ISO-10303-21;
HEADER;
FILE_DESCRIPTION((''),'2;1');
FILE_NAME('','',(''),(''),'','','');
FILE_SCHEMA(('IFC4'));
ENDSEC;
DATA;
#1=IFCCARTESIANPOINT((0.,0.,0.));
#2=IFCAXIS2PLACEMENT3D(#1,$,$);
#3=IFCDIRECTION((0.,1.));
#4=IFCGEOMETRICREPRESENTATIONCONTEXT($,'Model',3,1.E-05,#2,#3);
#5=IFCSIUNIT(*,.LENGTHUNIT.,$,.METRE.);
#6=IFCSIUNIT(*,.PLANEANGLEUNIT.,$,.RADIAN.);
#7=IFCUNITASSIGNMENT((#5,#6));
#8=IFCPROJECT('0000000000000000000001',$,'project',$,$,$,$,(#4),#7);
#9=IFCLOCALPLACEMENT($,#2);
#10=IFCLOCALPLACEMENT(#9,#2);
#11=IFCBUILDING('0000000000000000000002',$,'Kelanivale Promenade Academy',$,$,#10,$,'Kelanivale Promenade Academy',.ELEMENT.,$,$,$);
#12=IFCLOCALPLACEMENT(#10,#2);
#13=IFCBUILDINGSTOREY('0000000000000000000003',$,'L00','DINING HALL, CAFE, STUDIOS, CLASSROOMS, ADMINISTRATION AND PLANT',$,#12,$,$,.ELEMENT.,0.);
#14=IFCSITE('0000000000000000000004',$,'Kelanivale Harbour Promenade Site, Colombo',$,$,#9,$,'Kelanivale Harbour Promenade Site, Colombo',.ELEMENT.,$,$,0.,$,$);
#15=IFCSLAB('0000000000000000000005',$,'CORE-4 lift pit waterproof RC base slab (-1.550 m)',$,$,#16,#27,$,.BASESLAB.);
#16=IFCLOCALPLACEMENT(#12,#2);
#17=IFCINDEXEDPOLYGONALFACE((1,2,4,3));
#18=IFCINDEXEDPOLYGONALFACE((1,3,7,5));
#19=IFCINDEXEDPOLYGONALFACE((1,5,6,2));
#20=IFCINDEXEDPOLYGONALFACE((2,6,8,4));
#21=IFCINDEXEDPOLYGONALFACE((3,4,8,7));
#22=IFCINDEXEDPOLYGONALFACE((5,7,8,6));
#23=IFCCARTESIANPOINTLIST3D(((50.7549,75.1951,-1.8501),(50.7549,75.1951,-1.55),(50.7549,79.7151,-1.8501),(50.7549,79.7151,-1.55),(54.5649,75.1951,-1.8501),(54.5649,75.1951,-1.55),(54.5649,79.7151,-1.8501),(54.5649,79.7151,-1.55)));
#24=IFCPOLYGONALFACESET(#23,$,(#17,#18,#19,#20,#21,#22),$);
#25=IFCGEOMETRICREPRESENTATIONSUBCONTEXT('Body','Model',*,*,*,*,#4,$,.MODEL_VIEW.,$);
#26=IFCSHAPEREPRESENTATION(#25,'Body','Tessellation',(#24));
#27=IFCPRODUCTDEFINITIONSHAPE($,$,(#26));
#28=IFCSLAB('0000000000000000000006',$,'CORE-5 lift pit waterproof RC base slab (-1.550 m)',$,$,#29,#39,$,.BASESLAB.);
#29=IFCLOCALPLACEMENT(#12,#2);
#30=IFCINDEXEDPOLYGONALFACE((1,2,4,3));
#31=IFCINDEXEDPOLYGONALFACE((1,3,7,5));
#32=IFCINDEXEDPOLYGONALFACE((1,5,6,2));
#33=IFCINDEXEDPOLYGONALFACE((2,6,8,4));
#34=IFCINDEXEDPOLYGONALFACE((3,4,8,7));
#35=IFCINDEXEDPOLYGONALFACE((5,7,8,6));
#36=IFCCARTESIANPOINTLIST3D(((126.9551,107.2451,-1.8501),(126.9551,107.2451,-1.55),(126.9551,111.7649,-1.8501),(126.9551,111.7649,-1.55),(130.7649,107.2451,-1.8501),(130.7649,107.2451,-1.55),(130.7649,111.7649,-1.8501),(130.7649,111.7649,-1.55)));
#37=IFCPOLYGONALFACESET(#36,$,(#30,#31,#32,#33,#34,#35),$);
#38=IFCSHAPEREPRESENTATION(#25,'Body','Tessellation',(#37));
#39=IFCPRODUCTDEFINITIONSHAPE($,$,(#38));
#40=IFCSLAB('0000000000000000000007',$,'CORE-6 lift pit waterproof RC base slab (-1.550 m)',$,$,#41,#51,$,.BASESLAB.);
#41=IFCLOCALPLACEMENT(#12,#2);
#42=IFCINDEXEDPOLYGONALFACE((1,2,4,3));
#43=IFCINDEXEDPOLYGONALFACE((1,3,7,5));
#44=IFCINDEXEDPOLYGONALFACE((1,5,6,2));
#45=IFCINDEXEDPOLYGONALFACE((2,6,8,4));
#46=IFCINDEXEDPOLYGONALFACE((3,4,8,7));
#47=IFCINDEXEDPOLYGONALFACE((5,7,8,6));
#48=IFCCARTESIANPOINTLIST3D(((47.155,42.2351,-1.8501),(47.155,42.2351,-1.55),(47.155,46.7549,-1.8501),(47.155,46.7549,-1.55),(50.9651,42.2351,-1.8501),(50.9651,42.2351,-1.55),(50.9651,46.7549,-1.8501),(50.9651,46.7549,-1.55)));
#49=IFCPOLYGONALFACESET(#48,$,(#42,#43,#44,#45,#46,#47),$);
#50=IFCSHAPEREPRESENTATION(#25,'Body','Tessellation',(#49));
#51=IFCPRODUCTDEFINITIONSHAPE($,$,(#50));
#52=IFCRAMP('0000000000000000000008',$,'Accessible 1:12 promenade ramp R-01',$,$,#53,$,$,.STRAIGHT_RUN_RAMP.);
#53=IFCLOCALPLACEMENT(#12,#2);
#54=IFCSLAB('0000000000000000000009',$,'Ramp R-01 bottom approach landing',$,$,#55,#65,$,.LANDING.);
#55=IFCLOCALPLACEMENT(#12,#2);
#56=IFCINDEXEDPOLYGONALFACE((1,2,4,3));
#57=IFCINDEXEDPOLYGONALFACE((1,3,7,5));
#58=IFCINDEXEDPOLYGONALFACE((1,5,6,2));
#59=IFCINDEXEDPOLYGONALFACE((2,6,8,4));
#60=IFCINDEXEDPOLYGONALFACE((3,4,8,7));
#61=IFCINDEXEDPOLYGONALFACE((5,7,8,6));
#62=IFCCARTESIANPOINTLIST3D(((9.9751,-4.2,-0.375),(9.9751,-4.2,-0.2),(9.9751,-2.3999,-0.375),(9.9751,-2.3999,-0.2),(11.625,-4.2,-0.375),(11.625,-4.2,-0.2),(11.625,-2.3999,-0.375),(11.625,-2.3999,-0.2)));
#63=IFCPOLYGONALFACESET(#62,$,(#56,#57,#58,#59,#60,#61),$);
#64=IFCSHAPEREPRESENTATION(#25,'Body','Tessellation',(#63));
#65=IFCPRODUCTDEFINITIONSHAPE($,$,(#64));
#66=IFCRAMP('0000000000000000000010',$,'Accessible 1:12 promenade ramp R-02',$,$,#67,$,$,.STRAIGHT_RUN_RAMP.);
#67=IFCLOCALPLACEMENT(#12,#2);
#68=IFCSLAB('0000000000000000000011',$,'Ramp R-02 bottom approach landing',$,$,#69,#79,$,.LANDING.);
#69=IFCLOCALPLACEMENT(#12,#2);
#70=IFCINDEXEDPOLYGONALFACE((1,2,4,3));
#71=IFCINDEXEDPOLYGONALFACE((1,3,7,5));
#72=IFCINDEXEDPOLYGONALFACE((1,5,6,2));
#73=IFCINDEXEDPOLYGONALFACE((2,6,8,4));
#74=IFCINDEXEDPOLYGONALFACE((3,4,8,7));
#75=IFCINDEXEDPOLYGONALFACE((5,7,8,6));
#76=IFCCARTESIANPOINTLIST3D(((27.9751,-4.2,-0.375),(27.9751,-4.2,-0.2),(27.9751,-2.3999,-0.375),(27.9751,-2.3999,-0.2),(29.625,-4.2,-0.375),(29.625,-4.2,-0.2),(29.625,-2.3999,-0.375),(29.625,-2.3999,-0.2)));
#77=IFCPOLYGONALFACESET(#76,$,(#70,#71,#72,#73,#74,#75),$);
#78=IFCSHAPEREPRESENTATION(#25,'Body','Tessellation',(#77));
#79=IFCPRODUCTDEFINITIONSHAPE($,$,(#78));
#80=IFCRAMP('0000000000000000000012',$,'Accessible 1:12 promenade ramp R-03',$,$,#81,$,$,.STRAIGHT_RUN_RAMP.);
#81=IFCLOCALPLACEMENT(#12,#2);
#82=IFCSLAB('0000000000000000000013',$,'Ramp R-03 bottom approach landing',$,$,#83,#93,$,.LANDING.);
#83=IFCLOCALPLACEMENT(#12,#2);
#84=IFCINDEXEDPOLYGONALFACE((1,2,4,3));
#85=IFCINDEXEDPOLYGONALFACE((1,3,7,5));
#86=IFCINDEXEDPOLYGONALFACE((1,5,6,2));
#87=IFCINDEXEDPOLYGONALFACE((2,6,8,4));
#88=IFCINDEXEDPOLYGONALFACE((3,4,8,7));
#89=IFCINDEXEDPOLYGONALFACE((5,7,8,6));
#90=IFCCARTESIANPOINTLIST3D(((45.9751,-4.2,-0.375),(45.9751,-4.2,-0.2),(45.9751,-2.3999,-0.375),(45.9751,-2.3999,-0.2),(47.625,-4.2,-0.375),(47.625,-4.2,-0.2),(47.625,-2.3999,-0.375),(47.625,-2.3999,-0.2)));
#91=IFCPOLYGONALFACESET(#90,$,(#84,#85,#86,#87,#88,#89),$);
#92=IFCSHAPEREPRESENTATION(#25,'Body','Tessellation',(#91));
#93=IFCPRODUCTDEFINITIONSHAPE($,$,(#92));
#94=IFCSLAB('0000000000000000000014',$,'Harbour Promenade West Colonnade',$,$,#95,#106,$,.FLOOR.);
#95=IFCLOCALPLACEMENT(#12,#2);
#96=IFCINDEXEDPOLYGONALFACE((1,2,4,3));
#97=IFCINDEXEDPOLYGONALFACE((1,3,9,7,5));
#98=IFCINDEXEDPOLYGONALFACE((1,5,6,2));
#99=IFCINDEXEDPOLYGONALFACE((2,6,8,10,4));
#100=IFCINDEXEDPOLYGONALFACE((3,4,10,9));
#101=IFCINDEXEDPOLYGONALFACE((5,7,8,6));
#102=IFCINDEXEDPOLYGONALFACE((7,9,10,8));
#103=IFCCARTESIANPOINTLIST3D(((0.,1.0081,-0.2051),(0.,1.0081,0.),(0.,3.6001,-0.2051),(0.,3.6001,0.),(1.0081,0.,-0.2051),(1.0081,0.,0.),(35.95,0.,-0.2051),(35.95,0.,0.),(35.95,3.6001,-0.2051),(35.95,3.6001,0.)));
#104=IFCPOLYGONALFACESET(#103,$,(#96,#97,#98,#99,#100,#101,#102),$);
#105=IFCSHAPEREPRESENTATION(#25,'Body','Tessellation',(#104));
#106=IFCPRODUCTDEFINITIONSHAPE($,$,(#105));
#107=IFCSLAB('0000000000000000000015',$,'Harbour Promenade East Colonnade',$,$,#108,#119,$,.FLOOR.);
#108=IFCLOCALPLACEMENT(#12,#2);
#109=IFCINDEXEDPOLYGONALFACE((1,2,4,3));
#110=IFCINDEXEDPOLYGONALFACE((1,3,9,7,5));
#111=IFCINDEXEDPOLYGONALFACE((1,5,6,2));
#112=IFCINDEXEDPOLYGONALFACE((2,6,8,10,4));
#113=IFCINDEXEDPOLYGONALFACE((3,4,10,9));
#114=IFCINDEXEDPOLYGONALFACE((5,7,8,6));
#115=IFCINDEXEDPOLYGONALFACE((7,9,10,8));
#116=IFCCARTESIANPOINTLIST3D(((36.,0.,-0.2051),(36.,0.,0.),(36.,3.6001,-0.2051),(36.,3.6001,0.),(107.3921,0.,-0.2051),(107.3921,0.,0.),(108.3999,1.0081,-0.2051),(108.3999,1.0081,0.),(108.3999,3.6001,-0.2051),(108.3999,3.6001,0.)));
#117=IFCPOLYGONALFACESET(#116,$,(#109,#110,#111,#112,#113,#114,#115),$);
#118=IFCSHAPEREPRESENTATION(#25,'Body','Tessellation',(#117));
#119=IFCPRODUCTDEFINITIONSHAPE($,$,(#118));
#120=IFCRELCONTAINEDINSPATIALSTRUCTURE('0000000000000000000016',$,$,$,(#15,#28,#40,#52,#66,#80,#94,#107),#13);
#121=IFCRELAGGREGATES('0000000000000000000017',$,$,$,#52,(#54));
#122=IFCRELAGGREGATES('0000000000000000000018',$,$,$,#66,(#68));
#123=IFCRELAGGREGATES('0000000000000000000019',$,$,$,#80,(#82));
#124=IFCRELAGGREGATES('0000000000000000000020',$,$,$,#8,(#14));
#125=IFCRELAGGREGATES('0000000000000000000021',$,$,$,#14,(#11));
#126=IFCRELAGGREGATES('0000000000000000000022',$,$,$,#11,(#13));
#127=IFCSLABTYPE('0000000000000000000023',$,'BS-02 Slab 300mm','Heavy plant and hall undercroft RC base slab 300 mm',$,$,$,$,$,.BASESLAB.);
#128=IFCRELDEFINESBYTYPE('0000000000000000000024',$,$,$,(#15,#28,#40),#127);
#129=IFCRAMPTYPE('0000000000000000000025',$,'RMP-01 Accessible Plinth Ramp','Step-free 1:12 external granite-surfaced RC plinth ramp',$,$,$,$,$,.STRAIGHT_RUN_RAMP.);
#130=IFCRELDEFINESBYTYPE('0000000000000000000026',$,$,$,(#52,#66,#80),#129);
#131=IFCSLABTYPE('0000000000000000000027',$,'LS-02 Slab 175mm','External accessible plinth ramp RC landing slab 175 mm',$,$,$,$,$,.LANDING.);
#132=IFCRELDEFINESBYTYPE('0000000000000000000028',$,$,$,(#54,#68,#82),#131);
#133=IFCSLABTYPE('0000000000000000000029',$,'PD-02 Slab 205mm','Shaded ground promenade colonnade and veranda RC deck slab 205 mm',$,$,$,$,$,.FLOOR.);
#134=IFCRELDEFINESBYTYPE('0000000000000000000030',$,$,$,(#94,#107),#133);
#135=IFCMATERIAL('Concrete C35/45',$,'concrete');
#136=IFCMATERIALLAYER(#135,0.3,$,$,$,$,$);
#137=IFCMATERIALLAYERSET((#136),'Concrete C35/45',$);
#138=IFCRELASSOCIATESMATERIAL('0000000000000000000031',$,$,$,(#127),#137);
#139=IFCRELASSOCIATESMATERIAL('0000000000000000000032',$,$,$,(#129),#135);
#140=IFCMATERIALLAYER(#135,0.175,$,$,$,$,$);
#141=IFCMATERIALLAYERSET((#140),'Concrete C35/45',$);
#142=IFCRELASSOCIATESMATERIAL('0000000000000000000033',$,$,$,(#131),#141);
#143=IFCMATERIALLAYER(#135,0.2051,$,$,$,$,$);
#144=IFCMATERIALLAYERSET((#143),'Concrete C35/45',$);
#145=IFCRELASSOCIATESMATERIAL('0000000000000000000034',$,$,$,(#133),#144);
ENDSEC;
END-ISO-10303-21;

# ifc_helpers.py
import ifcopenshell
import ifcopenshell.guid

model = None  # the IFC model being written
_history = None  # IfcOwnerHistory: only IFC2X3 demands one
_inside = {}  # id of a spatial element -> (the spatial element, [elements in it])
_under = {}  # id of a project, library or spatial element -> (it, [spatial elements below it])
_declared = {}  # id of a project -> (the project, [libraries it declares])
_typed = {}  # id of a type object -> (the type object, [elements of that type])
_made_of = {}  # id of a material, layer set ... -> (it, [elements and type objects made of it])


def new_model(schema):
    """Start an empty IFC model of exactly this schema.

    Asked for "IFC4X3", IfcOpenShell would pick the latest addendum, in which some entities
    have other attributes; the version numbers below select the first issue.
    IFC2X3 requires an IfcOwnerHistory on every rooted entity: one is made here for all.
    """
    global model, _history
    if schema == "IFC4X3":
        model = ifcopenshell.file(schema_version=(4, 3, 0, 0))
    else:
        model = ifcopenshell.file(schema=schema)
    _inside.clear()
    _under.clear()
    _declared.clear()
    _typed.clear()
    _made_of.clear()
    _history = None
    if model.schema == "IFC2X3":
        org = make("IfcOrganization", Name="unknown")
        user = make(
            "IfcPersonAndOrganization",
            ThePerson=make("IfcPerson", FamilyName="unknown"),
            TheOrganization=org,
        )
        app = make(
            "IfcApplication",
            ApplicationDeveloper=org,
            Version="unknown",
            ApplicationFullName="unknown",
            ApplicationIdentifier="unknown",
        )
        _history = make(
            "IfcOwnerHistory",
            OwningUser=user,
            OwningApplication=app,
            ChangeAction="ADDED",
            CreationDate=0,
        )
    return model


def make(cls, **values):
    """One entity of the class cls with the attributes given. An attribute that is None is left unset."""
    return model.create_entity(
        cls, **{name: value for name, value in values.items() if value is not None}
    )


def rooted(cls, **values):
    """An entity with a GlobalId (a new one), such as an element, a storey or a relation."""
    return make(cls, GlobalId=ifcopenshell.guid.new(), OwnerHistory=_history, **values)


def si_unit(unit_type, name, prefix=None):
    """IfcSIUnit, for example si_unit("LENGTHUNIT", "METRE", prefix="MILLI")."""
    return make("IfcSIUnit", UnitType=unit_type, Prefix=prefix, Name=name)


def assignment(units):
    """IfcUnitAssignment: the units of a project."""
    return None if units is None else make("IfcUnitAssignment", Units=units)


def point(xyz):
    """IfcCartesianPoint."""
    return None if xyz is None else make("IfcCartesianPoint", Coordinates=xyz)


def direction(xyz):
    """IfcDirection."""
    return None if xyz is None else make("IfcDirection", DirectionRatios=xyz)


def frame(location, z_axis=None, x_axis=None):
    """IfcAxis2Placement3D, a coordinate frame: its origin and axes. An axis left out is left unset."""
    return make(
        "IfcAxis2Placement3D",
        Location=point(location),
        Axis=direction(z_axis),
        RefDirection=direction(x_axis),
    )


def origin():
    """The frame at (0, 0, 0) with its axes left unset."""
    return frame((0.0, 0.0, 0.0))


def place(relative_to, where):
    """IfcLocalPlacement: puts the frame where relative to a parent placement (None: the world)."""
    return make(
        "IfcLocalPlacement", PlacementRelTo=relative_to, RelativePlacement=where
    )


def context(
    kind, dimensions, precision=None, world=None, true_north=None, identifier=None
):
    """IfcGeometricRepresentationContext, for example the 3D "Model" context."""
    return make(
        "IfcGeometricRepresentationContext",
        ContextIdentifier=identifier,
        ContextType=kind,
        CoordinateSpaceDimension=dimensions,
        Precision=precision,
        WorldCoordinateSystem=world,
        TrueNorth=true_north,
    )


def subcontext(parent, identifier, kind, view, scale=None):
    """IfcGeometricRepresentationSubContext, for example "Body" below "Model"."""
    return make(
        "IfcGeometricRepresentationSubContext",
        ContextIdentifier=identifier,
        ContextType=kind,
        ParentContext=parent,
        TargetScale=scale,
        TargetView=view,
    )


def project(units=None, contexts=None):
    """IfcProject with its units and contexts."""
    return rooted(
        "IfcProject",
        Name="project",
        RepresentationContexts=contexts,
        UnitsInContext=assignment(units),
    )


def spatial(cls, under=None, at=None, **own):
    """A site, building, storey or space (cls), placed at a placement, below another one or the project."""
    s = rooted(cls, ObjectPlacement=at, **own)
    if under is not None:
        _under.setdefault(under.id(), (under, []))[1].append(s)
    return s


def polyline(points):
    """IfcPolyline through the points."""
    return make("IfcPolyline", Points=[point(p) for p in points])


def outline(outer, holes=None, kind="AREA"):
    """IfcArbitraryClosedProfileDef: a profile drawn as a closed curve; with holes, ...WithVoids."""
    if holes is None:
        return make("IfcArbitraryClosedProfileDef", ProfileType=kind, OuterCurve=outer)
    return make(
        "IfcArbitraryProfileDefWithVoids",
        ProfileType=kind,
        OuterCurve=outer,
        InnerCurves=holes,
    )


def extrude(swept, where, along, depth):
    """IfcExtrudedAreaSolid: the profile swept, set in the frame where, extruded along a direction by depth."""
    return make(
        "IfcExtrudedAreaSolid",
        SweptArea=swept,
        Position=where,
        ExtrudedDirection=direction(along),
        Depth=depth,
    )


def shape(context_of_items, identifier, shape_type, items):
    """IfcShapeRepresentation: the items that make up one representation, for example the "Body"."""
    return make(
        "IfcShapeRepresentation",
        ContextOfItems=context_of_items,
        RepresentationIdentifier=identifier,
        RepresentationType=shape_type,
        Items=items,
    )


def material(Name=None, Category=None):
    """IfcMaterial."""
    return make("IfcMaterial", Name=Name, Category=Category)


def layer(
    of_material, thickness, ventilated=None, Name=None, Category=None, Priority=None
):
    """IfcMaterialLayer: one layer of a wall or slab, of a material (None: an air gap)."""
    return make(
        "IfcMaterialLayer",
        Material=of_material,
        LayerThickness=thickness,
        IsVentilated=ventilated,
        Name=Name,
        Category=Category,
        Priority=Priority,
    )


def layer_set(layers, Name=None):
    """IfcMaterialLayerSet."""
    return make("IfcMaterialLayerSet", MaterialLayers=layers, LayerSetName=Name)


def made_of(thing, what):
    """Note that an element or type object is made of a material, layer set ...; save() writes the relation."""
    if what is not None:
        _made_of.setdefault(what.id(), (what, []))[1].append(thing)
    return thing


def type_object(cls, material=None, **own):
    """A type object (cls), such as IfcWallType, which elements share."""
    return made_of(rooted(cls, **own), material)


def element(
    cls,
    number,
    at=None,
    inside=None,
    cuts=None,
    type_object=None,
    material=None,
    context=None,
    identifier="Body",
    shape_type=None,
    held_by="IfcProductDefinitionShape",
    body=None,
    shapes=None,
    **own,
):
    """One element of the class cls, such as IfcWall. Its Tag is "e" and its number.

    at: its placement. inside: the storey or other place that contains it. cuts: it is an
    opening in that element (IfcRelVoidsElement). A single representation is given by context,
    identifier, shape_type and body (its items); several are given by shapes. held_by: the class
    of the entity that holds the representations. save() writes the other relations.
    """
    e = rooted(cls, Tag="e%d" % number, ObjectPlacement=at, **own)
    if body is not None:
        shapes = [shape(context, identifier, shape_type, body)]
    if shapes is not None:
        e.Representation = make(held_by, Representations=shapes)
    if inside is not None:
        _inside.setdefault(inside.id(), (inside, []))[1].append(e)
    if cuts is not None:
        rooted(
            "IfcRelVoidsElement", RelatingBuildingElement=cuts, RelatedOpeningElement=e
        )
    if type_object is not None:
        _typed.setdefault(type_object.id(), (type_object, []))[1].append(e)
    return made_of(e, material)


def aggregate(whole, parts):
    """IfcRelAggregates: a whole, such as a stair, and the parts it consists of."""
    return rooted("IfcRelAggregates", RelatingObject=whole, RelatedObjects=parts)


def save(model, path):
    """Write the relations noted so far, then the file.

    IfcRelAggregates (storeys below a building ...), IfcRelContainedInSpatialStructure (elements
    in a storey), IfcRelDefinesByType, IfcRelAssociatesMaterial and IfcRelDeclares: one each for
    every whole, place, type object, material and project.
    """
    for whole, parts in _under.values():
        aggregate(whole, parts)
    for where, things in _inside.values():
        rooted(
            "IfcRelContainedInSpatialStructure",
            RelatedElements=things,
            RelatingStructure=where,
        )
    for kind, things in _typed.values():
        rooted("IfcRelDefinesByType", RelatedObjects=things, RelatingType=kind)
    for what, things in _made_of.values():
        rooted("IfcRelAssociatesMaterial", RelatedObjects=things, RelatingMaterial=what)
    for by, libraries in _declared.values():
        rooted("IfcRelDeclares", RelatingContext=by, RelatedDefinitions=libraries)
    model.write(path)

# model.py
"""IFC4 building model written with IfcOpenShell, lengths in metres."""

from ifc_helpers import new_model, si_unit, direction, frame, origin, place, context, subcontext, project, spatial, polyline, outline, extrude, material, layer, layer_set, type_object, element, aggregate, save


model = new_model("IFC4")

# Units and contexts
model_context = context("Model", 3, precision=1e-05, world=origin(), true_north=direction((0.0, 1.0)))
body_context = subcontext(model_context, "Body", "Model", "MODEL_VIEW")
ifc_project = project(units=[si_unit("LENGTHUNIT", "METRE"), si_unit("PLANEANGLEUNIT", "RADIAN")], contexts=[model_context])

# Site, building, storey
site_placement = place(None, origin())
site = spatial("IfcSite", under=ifc_project, at=site_placement, Name="Kelanivale Harbour Promenade Site, Colombo", LongName="Kelanivale Harbour Promenade Site, Colombo", CompositionType="ELEMENT", RefElevation=0.0)
building_placement = place(site_placement, origin())
building = spatial("IfcBuilding", under=site, at=building_placement, Name="Kelanivale Promenade Academy", LongName="Kelanivale Promenade Academy", CompositionType="ELEMENT")
storey_placement = place(building_placement, origin())
storey = spatial("IfcBuildingStorey", under=building, at=storey_placement, Name="L00", Description="DINING HALL, CAFE, STUDIOS, CLASSROOMS, ADMINISTRATION AND PLANT", CompositionType="ELEMENT", Elevation=0.0)

# Slabs
ifc_material = material(Name="Concrete C35/45", Category="concrete")
ifc_layer_1 = layer(ifc_material, 0.3)
ifc_layer_set_1 = layer_set([ifc_layer_1], Name="Concrete C35/45")
slab_type_1 = type_object("IfcSlabType", Name="BS-02 Slab 300mm", Description="Heavy plant and hall undercroft RC base slab 300 mm", PredefinedType="BASESLAB", material=ifc_layer_set_1)
slab_1_placement = place(storey_placement, frame((0.0, 0.0, -1.8501)))
element("IfcSlab", 1, at=slab_1_placement, inside=storey, type_object=slab_type_1, Name="CORE-4 lift pit waterproof RC base slab (-1.550 m)", PredefinedType="BASESLAB", context=body_context, shape_type="SweptSolid", body=[
    extrude(outline(polyline([(50.7549, 75.1951), (54.5649, 75.1951), (54.5649, 79.7151), (50.7549, 79.7151), (50.7549, 75.1951)])), origin(), (0.0, 0.0, 1.0), 0.3),
])
slab_2_placement = place(storey_placement, frame((0.0, 0.0, -1.8501)))
element("IfcSlab", 2, at=slab_2_placement, inside=storey, type_object=slab_type_1, Name="CORE-5 lift pit waterproof RC base slab (-1.550 m)", PredefinedType="BASESLAB", context=body_context, shape_type="SweptSolid", body=[
    extrude(outline(polyline([(126.9551, 107.2451), (130.7649, 107.2451), (130.7649, 111.7649), (126.9551, 111.7649), (126.9551, 107.2451)])), origin(), (0.0, 0.0, 1.0), 0.3),
])
slab_3_placement = place(storey_placement, frame((0.0, 0.0, -1.8501)))
element("IfcSlab", 3, at=slab_3_placement, inside=storey, type_object=slab_type_1, Name="CORE-6 lift pit waterproof RC base slab (-1.550 m)", PredefinedType="BASESLAB", context=body_context, shape_type="SweptSolid", body=[
    extrude(outline(polyline([(47.155, 42.2351), (50.9651, 42.2351), (50.9651, 46.7549), (47.155, 46.7549), (47.155, 42.2351)])), origin(), (0.0, 0.0, 1.0), 0.3),
])

# Ramps, slabs
ramp_type = type_object("IfcRampType", Name="RMP-01 Accessible Plinth Ramp", Description="Step-free 1:12 external granite-surfaced RC plinth ramp", PredefinedType="STRAIGHT_RUN_RAMP", material=ifc_material)
ramp_1_placement = place(storey_placement, origin())
ramp_1 = element("IfcRamp", 4, at=ramp_1_placement, inside=storey, type_object=ramp_type, Name="Accessible 1:12 promenade ramp R-01", PredefinedType="STRAIGHT_RUN_RAMP")
ifc_layer_2 = layer(ifc_material, 0.175)
ifc_layer_set_2 = layer_set([ifc_layer_2], Name="Concrete C35/45")
slab_type_2 = type_object("IfcSlabType", Name="LS-02 Slab 175mm", Description="External accessible plinth ramp RC landing slab 175 mm", PredefinedType="LANDING", material=ifc_layer_set_2)
slab_4_placement = place(storey_placement, frame((0.0, 0.0, -0.375)))
slab_4 = element("IfcSlab", 5, at=slab_4_placement, type_object=slab_type_2, Name="Ramp R-01 bottom approach landing", PredefinedType="LANDING", context=body_context, shape_type="SweptSolid", body=[
    extrude(outline(polyline([(9.9751, -4.2), (11.625, -4.2), (11.625, -2.3999), (9.9751, -2.3999), (9.9751, -4.2)])), origin(), (0.0, 0.0, 1.0), 0.175),
])
aggregate(ramp_1, [slab_4])
ramp_2_placement = place(storey_placement, origin())
ramp_2 = element("IfcRamp", 6, at=ramp_2_placement, inside=storey, type_object=ramp_type, Name="Accessible 1:12 promenade ramp R-02", PredefinedType="STRAIGHT_RUN_RAMP")
slab_5_placement = place(storey_placement, frame((0.0, 0.0, -0.375)))
slab_5 = element("IfcSlab", 7, at=slab_5_placement, type_object=slab_type_2, Name="Ramp R-02 bottom approach landing", PredefinedType="LANDING", context=body_context, shape_type="SweptSolid", body=[
    extrude(outline(polyline([(27.9751, -4.2), (29.625, -4.2), (29.625, -2.3999), (27.9751, -2.3999), (27.9751, -4.2)])), origin(), (0.0, 0.0, 1.0), 0.175),
])
aggregate(ramp_2, [slab_5])
ramp_3_placement = place(storey_placement, origin())
ramp_3 = element("IfcRamp", 8, at=ramp_3_placement, inside=storey, type_object=ramp_type, Name="Accessible 1:12 promenade ramp R-03", PredefinedType="STRAIGHT_RUN_RAMP")
slab_6_placement = place(storey_placement, frame((0.0, 0.0, -0.375)))
slab_6 = element("IfcSlab", 9, at=slab_6_placement, type_object=slab_type_2, Name="Ramp R-03 bottom approach landing", PredefinedType="LANDING", context=body_context, shape_type="SweptSolid", body=[
    extrude(outline(polyline([(45.9751, -4.2), (47.625, -4.2), (47.625, -2.3999), (45.9751, -2.3999), (45.9751, -4.2)])), origin(), (0.0, 0.0, 1.0), 0.175),
])
aggregate(ramp_3, [slab_6])

# Slabs
ifc_layer_3 = layer(ifc_material, 0.2051)
ifc_layer_set_3 = layer_set([ifc_layer_3], Name="Concrete C35/45")
slab_type_3 = type_object("IfcSlabType", Name="PD-02 Slab 205mm", Description="Shaded ground promenade colonnade and veranda RC deck slab 205 mm", PredefinedType="FLOOR", material=ifc_layer_set_3)
slab_7_placement = place(storey_placement, frame((0.0, 0.0, -0.2051)))
element("IfcSlab", 10, at=slab_7_placement, inside=storey, type_object=slab_type_3, Name="Harbour Promenade West Colonnade", PredefinedType="FLOOR", context=body_context, shape_type="SweptSolid", body=[
    extrude(outline(polyline([(1.0081, 0.0), (35.95, 0.0), (35.95, 3.6001), (0.0, 3.6001), (0.0, 1.0081), (1.0081, 0.0)])), origin(), (0.0, 0.0, 1.0), 0.2051),
])
slab_8_placement = place(storey_placement, frame((0.0, 0.0, -0.2051)))
element("IfcSlab", 11, at=slab_8_placement, inside=storey, type_object=slab_type_3, Name="Harbour Promenade East Colonnade", PredefinedType="FLOOR", context=body_context, shape_type="SweptSolid", body=[
    extrude(outline(polyline([(107.3921, 0.0), (108.3999, 1.0081), (108.3999, 3.6001), (36.0, 3.6001), (36.0, 0.0), (107.3921, 0.0)])), origin(), (0.0, 0.0, 1.0), 0.2051),
])

save(model, "model.ifc")
